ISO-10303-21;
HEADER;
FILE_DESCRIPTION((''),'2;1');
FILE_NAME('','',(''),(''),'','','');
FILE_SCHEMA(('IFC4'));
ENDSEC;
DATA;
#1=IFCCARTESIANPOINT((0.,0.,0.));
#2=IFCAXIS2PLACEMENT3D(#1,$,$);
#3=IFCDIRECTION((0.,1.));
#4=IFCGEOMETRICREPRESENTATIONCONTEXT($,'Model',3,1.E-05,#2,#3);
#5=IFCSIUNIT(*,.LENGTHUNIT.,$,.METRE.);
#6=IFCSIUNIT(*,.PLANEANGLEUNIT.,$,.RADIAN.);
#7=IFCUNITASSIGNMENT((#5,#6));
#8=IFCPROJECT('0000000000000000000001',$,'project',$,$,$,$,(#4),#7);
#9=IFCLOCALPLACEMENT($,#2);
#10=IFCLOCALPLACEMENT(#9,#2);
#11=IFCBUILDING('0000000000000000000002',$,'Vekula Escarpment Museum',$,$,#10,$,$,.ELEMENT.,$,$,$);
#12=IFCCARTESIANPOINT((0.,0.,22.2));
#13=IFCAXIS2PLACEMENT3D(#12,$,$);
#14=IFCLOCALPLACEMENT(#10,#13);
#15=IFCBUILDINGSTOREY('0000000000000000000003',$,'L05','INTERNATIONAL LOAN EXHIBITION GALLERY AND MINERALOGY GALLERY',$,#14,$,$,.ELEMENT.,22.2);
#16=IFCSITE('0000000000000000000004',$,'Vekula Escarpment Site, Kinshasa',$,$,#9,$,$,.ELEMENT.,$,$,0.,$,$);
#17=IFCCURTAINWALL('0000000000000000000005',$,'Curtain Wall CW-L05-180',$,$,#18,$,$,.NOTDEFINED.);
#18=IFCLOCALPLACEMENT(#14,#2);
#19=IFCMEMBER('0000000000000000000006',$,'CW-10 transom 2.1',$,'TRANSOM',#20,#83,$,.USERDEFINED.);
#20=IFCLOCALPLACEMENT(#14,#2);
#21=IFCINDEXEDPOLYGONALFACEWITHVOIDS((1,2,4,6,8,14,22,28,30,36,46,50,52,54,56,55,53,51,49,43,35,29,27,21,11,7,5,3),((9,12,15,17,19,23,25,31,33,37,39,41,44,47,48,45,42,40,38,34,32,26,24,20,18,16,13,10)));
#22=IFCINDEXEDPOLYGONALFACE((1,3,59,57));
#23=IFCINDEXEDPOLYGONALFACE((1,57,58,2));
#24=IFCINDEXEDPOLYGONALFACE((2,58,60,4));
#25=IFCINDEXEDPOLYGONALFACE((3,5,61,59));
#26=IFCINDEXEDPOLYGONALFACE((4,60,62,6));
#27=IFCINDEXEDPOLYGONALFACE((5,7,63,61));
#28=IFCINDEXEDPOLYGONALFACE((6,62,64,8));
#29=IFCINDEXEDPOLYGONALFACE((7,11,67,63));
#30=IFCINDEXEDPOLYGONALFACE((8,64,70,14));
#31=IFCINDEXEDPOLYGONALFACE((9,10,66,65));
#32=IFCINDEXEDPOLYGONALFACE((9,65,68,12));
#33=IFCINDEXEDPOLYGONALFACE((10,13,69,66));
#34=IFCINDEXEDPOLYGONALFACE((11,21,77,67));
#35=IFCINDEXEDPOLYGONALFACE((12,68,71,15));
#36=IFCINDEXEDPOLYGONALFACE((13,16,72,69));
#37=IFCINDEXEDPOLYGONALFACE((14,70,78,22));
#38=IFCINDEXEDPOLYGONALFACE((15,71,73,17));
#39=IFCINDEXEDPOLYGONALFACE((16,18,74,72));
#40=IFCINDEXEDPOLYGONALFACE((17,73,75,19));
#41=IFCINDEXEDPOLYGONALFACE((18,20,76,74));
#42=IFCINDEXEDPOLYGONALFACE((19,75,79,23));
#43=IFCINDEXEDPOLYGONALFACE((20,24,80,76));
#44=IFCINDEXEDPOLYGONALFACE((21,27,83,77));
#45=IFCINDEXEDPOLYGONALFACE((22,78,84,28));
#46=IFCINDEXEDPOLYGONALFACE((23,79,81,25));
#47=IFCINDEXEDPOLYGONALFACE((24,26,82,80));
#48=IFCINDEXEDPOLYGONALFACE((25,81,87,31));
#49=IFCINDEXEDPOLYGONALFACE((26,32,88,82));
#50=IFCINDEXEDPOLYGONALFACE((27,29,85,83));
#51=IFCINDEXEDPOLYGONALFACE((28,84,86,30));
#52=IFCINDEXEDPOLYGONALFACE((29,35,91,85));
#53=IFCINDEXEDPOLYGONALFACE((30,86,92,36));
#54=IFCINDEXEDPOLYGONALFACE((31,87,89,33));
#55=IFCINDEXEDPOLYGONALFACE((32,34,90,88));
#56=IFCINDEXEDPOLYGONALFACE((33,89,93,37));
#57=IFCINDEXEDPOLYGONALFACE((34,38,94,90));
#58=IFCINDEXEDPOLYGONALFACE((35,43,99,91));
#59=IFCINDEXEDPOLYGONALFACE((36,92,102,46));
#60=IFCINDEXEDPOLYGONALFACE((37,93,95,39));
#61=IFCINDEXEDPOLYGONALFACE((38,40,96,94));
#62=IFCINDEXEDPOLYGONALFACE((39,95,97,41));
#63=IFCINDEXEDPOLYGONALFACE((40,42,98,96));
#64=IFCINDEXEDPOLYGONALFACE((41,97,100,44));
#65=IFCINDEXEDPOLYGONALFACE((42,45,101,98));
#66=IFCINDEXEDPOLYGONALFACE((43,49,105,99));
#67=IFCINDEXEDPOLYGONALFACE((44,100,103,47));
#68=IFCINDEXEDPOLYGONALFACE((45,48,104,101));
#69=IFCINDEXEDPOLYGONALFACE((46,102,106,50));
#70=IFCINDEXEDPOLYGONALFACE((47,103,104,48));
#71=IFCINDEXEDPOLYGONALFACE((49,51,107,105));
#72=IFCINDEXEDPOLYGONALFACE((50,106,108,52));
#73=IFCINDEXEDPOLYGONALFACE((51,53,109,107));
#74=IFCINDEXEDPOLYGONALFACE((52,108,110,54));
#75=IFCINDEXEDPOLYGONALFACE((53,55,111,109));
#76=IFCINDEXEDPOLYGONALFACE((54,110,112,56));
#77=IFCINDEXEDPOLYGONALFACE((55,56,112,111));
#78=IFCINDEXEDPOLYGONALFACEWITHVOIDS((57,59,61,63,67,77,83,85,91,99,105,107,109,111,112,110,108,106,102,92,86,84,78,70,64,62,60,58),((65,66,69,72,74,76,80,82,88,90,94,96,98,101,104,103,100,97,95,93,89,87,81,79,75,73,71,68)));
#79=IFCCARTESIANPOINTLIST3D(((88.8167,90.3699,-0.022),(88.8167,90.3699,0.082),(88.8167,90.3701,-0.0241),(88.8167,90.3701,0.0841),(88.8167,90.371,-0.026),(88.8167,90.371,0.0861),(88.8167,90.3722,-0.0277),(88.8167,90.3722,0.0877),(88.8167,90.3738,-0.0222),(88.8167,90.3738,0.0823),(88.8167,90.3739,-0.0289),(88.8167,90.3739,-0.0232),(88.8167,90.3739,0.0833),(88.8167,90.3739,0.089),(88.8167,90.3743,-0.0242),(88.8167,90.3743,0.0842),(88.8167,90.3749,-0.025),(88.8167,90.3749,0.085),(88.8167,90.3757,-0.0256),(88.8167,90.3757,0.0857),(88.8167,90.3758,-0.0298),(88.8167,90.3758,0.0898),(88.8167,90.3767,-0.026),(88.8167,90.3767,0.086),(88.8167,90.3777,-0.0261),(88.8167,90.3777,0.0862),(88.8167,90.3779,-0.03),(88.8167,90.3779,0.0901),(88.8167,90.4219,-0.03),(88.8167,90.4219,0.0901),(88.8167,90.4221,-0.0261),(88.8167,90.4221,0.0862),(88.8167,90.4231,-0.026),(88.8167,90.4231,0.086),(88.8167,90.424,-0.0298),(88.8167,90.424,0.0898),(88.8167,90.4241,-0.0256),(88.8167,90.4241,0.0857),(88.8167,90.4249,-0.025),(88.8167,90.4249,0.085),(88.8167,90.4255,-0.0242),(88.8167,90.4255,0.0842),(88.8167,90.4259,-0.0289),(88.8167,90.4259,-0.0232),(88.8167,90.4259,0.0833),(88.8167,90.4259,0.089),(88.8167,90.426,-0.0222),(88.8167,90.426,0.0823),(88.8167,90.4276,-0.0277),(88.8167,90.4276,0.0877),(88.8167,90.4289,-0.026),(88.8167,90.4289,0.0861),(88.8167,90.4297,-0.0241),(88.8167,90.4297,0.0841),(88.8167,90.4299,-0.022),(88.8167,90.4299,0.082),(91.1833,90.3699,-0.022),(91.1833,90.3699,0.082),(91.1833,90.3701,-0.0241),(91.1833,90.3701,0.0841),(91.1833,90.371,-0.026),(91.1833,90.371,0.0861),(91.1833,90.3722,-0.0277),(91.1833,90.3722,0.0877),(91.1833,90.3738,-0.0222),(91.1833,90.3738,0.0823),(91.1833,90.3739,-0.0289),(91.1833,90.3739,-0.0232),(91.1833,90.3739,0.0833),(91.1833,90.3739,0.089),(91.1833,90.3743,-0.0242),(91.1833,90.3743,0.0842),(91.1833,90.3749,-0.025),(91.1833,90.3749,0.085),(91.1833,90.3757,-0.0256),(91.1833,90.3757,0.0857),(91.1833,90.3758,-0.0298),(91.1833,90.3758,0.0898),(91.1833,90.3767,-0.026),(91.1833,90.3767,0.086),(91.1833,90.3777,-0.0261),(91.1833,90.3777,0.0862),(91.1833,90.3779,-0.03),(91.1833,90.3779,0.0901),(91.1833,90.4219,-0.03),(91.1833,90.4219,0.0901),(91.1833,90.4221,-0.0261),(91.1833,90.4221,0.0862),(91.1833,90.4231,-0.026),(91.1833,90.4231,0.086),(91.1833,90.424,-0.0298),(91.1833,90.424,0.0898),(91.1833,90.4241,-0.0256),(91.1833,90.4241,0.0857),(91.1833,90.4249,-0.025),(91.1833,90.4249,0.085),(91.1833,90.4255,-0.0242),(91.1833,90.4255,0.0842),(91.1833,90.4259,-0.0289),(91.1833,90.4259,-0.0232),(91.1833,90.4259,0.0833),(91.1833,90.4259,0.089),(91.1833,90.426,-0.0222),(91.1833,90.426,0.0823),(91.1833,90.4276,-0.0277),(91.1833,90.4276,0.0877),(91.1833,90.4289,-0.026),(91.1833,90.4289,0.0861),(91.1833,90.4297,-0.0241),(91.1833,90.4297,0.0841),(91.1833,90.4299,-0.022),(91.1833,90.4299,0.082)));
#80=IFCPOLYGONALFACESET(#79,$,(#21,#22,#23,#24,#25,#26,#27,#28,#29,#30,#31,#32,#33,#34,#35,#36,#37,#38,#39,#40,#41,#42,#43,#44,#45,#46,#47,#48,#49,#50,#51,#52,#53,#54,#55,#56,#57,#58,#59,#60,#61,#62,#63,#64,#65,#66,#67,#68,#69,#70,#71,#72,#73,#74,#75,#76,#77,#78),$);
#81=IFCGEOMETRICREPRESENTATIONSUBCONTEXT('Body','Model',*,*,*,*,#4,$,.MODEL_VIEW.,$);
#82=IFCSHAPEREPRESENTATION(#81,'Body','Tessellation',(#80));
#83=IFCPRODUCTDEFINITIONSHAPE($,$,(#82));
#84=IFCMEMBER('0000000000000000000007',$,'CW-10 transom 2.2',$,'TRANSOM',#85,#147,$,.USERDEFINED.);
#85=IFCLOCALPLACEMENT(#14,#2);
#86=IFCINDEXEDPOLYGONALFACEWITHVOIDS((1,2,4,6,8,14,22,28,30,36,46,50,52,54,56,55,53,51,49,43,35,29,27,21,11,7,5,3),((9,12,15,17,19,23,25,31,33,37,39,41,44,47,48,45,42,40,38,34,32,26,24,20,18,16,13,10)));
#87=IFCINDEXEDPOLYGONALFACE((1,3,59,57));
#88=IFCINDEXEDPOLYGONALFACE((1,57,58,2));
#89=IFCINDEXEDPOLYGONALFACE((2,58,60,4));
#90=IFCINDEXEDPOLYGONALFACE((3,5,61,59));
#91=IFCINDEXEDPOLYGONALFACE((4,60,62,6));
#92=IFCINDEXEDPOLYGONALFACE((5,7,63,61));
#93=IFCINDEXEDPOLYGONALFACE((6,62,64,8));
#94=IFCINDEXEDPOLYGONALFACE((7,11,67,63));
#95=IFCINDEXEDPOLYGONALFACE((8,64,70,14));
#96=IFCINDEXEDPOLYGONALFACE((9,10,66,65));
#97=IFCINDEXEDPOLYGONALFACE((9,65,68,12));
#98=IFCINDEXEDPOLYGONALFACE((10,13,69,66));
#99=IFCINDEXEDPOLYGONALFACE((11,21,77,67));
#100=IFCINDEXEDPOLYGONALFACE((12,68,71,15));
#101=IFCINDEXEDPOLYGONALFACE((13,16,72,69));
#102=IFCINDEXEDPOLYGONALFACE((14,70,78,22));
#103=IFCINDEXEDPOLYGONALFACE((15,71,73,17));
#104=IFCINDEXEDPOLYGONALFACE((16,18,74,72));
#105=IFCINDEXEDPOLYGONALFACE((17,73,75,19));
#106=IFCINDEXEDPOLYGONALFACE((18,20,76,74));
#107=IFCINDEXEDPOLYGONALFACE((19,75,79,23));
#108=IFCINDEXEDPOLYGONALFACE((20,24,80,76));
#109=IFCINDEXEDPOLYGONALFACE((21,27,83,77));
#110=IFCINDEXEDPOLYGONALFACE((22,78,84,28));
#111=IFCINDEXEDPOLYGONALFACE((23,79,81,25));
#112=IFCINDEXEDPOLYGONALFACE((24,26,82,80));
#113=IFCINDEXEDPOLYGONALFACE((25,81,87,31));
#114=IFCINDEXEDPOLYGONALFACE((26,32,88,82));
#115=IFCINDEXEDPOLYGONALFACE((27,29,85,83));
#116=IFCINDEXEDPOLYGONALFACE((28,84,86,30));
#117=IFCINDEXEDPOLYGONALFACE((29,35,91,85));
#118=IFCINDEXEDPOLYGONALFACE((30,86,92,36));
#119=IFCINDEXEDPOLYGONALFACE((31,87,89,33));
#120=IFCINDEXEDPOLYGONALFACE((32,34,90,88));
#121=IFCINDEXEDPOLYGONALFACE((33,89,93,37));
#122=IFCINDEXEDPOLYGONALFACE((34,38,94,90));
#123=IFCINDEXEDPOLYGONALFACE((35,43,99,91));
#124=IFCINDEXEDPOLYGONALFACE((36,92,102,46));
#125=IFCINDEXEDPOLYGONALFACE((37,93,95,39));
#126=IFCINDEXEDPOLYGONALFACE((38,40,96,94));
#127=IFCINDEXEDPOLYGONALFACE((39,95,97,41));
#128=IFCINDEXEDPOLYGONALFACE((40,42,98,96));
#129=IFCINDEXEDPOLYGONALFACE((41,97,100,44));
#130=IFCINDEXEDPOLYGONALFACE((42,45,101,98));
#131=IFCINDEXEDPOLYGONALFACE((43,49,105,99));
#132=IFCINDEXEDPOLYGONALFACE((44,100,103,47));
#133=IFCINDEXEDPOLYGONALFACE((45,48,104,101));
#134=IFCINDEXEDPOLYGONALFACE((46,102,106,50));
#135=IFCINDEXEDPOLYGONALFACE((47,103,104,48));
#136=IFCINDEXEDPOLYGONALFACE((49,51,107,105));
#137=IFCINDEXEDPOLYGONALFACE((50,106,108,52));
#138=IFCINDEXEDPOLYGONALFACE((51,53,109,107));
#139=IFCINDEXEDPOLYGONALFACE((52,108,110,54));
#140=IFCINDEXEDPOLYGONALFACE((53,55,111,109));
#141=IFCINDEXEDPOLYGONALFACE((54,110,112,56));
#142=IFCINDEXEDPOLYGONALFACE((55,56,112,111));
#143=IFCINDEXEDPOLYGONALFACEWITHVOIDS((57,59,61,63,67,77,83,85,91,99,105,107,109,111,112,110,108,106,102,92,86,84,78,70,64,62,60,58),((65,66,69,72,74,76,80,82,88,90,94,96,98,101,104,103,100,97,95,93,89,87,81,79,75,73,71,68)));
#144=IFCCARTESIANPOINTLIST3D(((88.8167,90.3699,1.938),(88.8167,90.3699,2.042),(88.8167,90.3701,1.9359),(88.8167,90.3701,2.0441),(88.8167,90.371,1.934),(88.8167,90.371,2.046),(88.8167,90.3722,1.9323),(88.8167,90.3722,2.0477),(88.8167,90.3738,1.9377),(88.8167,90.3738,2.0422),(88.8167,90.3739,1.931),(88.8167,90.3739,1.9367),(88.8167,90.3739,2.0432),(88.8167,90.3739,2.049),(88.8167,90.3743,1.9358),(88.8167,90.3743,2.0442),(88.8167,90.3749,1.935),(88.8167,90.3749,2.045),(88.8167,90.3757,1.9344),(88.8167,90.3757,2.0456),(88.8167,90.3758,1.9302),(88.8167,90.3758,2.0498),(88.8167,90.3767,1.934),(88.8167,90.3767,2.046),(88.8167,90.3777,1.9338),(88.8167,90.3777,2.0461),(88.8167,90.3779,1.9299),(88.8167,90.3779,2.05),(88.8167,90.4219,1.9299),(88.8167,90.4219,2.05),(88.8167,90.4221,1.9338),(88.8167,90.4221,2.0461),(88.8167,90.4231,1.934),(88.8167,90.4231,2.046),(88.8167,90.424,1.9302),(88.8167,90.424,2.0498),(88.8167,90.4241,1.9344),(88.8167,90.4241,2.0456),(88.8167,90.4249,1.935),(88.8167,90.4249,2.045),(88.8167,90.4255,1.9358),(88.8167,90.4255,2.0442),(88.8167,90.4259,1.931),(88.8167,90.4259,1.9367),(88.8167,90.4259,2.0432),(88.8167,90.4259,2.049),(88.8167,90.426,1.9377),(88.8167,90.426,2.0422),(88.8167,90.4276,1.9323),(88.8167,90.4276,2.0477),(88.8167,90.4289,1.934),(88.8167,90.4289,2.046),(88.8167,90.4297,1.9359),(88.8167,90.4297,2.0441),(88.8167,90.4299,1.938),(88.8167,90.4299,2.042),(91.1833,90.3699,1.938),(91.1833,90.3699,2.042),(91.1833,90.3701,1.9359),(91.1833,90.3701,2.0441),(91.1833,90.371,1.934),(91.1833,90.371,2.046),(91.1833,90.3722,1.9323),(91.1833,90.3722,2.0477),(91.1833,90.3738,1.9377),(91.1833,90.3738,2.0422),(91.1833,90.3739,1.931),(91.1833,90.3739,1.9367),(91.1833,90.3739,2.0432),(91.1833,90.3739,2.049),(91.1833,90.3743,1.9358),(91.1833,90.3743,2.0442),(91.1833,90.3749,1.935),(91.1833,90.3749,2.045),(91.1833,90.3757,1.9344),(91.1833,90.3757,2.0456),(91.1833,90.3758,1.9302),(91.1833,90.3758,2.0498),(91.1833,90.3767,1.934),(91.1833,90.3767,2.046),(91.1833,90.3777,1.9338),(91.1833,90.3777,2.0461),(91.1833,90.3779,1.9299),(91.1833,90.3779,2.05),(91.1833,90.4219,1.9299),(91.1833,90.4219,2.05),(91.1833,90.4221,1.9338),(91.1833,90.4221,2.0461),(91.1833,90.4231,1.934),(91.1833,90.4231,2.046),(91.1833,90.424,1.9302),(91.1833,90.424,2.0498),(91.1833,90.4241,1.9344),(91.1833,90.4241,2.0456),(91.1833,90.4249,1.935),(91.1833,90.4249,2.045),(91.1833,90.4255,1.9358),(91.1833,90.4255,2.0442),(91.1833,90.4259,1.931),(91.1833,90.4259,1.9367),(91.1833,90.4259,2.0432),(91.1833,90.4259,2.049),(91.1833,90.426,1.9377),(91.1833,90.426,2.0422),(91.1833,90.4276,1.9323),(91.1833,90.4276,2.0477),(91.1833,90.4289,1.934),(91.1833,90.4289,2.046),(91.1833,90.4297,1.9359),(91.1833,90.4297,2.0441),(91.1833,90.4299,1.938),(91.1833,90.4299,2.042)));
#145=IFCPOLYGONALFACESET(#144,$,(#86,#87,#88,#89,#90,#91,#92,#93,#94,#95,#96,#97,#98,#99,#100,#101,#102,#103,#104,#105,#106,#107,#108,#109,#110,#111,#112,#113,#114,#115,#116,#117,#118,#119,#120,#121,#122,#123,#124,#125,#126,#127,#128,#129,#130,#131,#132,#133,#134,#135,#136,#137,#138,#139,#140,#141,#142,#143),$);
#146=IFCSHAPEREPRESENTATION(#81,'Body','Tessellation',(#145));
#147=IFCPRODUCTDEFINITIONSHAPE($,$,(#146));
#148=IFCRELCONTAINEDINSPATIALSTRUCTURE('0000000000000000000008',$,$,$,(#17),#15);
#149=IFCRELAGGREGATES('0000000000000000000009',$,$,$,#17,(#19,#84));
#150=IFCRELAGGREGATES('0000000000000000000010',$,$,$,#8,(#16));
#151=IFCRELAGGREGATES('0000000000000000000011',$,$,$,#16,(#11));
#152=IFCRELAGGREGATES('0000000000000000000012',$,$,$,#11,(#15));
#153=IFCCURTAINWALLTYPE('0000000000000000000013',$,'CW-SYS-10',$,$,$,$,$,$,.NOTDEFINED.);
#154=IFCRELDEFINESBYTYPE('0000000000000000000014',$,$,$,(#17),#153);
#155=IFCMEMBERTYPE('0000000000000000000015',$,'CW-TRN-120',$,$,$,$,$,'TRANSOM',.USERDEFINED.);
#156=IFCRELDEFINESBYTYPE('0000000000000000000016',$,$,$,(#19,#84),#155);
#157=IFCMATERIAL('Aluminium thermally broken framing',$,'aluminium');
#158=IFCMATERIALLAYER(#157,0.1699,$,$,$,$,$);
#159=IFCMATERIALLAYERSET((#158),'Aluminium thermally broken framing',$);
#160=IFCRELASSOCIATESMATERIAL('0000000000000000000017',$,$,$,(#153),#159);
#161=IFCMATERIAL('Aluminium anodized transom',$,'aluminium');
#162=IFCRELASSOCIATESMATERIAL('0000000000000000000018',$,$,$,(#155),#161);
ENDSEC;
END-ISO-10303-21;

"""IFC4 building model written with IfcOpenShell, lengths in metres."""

from ifc_helpers import new_model, si_unit, direction, frame, origin, origin_2d, place, context, subcontext, project, spatial, hollow_rectangle, extrude, material, layer, layer_set, material_profile, profile_set, type_object, element, aggregate, save


model = new_model("IFC4")

# Units and contexts
model_context = context("Model", 3, precision=1e-05, world=origin(), true_north=direction((0.0, 1.0)))
body_context = subcontext(model_context, "Body", "Model", "MODEL_VIEW")
ifc_project = project(units=[si_unit("LENGTHUNIT", "METRE"), si_unit("PLANEANGLEUNIT", "RADIAN")], contexts=[model_context])

# Site, building, storey
site_placement = place(None, origin())
site = spatial("IfcSite", under=ifc_project, at=site_placement, Name="Vekula Escarpment Site, Kinshasa", CompositionType="ELEMENT", RefElevation=0.0)
building_placement = place(site_placement, origin())
building = spatial("IfcBuilding", under=site, at=building_placement, Name="Vekula Escarpment Museum", CompositionType="ELEMENT")
storey_placement = place(building_placement, frame((0.0, 0.0, 22.2)))
storey = spatial("IfcBuildingStorey", under=building, at=storey_placement, Name="L05", Description="INTERNATIONAL LOAN EXHIBITION GALLERY AND MINERALOGY GALLERY", CompositionType="ELEMENT", Elevation=22.2)

# Curtain wall, members
ifc_material_1 = material(Name="Aluminium thermally broken framing", Category="aluminium")
ifc_layer_1 = layer(ifc_material_1, 0.1699)
ifc_layer_set_1 = layer_set([ifc_layer_1], Name="Aluminium thermally broken framing")
curtain_wall_type = type_object("IfcCurtainWallType", Name="CW-SYS-10", PredefinedType="NOTDEFINED", material=ifc_layer_set_1)
curtain_wall_placement = place(storey_placement, origin())
curtain_wall = element("IfcCurtainWall", 1, at=curtain_wall_placement, inside=storey, type_object=curtain_wall_type, Name="Curtain Wall CW-L05-180", PredefinedType="NOTDEFINED")
ifc_material_2 = material(Name="Aluminium anodized transom", Category="aluminium")
ifc_material_profile_1 = material_profile(ifc_material_2, hollow_rectangle(XDim=0.0601, YDim=0.1201, WallThickness=0.0039, InnerFilletRadius=0.0039, OuterFilletRadius=0.0081, at=origin_2d()), Name="ALU 120x60x4")
ifc_profile_set_1 = profile_set([ifc_material_profile_1], Name="Aluminium anodized transom")
member_type_1 = type_object("IfcMemberType", Name="CW-TRN-120", ElementType="TRANSOM", PredefinedType="USERDEFINED", material=ifc_profile_set_1)
member_1_placement = place(storey_placement, frame((91.1833, 90.3999, 0.03), z_axis=(-1.0, 0.0, 0.0), x_axis=(0.0, -1.0, 0.0)))
member_1 = element("IfcMember", 2, at=member_1_placement, type_object=member_type_1, Name="CW-10 transom 2.1", ObjectType="TRANSOM", PredefinedType="USERDEFINED", context=body_context, shape_type="SweptSolid", body=[
    extrude(hollow_rectangle(XDim=0.0601, YDim=0.1201, WallThickness=0.0039, InnerFilletRadius=0.0039, OuterFilletRadius=0.0081, at=origin_2d()), origin(), (0.0, 0.0, 1.0), 2.3667),
])
member_2_placement = place(storey_placement, frame((91.1833, 90.3999, 1.99), z_axis=(-1.0, 0.0, 0.0), x_axis=(0.0, -1.0, 0.0)))
member_2 = element("IfcMember", 3, at=member_2_placement, type_object=member_type_1, Name="CW-10 transom 2.2", ObjectType="TRANSOM", PredefinedType="USERDEFINED", context=body_context, shape_type="SweptSolid", body=[
    extrude(hollow_rectangle(XDim=0.0601, YDim=0.1201, WallThickness=0.0039, InnerFilletRadius=0.0039, OuterFilletRadius=0.0081, at=origin_2d()), origin(), (0.0, 0.0, 1.0), 2.3667),
])
aggregate(curtain_wall, [member_1, member_2])

save(model, "model.ifc")
